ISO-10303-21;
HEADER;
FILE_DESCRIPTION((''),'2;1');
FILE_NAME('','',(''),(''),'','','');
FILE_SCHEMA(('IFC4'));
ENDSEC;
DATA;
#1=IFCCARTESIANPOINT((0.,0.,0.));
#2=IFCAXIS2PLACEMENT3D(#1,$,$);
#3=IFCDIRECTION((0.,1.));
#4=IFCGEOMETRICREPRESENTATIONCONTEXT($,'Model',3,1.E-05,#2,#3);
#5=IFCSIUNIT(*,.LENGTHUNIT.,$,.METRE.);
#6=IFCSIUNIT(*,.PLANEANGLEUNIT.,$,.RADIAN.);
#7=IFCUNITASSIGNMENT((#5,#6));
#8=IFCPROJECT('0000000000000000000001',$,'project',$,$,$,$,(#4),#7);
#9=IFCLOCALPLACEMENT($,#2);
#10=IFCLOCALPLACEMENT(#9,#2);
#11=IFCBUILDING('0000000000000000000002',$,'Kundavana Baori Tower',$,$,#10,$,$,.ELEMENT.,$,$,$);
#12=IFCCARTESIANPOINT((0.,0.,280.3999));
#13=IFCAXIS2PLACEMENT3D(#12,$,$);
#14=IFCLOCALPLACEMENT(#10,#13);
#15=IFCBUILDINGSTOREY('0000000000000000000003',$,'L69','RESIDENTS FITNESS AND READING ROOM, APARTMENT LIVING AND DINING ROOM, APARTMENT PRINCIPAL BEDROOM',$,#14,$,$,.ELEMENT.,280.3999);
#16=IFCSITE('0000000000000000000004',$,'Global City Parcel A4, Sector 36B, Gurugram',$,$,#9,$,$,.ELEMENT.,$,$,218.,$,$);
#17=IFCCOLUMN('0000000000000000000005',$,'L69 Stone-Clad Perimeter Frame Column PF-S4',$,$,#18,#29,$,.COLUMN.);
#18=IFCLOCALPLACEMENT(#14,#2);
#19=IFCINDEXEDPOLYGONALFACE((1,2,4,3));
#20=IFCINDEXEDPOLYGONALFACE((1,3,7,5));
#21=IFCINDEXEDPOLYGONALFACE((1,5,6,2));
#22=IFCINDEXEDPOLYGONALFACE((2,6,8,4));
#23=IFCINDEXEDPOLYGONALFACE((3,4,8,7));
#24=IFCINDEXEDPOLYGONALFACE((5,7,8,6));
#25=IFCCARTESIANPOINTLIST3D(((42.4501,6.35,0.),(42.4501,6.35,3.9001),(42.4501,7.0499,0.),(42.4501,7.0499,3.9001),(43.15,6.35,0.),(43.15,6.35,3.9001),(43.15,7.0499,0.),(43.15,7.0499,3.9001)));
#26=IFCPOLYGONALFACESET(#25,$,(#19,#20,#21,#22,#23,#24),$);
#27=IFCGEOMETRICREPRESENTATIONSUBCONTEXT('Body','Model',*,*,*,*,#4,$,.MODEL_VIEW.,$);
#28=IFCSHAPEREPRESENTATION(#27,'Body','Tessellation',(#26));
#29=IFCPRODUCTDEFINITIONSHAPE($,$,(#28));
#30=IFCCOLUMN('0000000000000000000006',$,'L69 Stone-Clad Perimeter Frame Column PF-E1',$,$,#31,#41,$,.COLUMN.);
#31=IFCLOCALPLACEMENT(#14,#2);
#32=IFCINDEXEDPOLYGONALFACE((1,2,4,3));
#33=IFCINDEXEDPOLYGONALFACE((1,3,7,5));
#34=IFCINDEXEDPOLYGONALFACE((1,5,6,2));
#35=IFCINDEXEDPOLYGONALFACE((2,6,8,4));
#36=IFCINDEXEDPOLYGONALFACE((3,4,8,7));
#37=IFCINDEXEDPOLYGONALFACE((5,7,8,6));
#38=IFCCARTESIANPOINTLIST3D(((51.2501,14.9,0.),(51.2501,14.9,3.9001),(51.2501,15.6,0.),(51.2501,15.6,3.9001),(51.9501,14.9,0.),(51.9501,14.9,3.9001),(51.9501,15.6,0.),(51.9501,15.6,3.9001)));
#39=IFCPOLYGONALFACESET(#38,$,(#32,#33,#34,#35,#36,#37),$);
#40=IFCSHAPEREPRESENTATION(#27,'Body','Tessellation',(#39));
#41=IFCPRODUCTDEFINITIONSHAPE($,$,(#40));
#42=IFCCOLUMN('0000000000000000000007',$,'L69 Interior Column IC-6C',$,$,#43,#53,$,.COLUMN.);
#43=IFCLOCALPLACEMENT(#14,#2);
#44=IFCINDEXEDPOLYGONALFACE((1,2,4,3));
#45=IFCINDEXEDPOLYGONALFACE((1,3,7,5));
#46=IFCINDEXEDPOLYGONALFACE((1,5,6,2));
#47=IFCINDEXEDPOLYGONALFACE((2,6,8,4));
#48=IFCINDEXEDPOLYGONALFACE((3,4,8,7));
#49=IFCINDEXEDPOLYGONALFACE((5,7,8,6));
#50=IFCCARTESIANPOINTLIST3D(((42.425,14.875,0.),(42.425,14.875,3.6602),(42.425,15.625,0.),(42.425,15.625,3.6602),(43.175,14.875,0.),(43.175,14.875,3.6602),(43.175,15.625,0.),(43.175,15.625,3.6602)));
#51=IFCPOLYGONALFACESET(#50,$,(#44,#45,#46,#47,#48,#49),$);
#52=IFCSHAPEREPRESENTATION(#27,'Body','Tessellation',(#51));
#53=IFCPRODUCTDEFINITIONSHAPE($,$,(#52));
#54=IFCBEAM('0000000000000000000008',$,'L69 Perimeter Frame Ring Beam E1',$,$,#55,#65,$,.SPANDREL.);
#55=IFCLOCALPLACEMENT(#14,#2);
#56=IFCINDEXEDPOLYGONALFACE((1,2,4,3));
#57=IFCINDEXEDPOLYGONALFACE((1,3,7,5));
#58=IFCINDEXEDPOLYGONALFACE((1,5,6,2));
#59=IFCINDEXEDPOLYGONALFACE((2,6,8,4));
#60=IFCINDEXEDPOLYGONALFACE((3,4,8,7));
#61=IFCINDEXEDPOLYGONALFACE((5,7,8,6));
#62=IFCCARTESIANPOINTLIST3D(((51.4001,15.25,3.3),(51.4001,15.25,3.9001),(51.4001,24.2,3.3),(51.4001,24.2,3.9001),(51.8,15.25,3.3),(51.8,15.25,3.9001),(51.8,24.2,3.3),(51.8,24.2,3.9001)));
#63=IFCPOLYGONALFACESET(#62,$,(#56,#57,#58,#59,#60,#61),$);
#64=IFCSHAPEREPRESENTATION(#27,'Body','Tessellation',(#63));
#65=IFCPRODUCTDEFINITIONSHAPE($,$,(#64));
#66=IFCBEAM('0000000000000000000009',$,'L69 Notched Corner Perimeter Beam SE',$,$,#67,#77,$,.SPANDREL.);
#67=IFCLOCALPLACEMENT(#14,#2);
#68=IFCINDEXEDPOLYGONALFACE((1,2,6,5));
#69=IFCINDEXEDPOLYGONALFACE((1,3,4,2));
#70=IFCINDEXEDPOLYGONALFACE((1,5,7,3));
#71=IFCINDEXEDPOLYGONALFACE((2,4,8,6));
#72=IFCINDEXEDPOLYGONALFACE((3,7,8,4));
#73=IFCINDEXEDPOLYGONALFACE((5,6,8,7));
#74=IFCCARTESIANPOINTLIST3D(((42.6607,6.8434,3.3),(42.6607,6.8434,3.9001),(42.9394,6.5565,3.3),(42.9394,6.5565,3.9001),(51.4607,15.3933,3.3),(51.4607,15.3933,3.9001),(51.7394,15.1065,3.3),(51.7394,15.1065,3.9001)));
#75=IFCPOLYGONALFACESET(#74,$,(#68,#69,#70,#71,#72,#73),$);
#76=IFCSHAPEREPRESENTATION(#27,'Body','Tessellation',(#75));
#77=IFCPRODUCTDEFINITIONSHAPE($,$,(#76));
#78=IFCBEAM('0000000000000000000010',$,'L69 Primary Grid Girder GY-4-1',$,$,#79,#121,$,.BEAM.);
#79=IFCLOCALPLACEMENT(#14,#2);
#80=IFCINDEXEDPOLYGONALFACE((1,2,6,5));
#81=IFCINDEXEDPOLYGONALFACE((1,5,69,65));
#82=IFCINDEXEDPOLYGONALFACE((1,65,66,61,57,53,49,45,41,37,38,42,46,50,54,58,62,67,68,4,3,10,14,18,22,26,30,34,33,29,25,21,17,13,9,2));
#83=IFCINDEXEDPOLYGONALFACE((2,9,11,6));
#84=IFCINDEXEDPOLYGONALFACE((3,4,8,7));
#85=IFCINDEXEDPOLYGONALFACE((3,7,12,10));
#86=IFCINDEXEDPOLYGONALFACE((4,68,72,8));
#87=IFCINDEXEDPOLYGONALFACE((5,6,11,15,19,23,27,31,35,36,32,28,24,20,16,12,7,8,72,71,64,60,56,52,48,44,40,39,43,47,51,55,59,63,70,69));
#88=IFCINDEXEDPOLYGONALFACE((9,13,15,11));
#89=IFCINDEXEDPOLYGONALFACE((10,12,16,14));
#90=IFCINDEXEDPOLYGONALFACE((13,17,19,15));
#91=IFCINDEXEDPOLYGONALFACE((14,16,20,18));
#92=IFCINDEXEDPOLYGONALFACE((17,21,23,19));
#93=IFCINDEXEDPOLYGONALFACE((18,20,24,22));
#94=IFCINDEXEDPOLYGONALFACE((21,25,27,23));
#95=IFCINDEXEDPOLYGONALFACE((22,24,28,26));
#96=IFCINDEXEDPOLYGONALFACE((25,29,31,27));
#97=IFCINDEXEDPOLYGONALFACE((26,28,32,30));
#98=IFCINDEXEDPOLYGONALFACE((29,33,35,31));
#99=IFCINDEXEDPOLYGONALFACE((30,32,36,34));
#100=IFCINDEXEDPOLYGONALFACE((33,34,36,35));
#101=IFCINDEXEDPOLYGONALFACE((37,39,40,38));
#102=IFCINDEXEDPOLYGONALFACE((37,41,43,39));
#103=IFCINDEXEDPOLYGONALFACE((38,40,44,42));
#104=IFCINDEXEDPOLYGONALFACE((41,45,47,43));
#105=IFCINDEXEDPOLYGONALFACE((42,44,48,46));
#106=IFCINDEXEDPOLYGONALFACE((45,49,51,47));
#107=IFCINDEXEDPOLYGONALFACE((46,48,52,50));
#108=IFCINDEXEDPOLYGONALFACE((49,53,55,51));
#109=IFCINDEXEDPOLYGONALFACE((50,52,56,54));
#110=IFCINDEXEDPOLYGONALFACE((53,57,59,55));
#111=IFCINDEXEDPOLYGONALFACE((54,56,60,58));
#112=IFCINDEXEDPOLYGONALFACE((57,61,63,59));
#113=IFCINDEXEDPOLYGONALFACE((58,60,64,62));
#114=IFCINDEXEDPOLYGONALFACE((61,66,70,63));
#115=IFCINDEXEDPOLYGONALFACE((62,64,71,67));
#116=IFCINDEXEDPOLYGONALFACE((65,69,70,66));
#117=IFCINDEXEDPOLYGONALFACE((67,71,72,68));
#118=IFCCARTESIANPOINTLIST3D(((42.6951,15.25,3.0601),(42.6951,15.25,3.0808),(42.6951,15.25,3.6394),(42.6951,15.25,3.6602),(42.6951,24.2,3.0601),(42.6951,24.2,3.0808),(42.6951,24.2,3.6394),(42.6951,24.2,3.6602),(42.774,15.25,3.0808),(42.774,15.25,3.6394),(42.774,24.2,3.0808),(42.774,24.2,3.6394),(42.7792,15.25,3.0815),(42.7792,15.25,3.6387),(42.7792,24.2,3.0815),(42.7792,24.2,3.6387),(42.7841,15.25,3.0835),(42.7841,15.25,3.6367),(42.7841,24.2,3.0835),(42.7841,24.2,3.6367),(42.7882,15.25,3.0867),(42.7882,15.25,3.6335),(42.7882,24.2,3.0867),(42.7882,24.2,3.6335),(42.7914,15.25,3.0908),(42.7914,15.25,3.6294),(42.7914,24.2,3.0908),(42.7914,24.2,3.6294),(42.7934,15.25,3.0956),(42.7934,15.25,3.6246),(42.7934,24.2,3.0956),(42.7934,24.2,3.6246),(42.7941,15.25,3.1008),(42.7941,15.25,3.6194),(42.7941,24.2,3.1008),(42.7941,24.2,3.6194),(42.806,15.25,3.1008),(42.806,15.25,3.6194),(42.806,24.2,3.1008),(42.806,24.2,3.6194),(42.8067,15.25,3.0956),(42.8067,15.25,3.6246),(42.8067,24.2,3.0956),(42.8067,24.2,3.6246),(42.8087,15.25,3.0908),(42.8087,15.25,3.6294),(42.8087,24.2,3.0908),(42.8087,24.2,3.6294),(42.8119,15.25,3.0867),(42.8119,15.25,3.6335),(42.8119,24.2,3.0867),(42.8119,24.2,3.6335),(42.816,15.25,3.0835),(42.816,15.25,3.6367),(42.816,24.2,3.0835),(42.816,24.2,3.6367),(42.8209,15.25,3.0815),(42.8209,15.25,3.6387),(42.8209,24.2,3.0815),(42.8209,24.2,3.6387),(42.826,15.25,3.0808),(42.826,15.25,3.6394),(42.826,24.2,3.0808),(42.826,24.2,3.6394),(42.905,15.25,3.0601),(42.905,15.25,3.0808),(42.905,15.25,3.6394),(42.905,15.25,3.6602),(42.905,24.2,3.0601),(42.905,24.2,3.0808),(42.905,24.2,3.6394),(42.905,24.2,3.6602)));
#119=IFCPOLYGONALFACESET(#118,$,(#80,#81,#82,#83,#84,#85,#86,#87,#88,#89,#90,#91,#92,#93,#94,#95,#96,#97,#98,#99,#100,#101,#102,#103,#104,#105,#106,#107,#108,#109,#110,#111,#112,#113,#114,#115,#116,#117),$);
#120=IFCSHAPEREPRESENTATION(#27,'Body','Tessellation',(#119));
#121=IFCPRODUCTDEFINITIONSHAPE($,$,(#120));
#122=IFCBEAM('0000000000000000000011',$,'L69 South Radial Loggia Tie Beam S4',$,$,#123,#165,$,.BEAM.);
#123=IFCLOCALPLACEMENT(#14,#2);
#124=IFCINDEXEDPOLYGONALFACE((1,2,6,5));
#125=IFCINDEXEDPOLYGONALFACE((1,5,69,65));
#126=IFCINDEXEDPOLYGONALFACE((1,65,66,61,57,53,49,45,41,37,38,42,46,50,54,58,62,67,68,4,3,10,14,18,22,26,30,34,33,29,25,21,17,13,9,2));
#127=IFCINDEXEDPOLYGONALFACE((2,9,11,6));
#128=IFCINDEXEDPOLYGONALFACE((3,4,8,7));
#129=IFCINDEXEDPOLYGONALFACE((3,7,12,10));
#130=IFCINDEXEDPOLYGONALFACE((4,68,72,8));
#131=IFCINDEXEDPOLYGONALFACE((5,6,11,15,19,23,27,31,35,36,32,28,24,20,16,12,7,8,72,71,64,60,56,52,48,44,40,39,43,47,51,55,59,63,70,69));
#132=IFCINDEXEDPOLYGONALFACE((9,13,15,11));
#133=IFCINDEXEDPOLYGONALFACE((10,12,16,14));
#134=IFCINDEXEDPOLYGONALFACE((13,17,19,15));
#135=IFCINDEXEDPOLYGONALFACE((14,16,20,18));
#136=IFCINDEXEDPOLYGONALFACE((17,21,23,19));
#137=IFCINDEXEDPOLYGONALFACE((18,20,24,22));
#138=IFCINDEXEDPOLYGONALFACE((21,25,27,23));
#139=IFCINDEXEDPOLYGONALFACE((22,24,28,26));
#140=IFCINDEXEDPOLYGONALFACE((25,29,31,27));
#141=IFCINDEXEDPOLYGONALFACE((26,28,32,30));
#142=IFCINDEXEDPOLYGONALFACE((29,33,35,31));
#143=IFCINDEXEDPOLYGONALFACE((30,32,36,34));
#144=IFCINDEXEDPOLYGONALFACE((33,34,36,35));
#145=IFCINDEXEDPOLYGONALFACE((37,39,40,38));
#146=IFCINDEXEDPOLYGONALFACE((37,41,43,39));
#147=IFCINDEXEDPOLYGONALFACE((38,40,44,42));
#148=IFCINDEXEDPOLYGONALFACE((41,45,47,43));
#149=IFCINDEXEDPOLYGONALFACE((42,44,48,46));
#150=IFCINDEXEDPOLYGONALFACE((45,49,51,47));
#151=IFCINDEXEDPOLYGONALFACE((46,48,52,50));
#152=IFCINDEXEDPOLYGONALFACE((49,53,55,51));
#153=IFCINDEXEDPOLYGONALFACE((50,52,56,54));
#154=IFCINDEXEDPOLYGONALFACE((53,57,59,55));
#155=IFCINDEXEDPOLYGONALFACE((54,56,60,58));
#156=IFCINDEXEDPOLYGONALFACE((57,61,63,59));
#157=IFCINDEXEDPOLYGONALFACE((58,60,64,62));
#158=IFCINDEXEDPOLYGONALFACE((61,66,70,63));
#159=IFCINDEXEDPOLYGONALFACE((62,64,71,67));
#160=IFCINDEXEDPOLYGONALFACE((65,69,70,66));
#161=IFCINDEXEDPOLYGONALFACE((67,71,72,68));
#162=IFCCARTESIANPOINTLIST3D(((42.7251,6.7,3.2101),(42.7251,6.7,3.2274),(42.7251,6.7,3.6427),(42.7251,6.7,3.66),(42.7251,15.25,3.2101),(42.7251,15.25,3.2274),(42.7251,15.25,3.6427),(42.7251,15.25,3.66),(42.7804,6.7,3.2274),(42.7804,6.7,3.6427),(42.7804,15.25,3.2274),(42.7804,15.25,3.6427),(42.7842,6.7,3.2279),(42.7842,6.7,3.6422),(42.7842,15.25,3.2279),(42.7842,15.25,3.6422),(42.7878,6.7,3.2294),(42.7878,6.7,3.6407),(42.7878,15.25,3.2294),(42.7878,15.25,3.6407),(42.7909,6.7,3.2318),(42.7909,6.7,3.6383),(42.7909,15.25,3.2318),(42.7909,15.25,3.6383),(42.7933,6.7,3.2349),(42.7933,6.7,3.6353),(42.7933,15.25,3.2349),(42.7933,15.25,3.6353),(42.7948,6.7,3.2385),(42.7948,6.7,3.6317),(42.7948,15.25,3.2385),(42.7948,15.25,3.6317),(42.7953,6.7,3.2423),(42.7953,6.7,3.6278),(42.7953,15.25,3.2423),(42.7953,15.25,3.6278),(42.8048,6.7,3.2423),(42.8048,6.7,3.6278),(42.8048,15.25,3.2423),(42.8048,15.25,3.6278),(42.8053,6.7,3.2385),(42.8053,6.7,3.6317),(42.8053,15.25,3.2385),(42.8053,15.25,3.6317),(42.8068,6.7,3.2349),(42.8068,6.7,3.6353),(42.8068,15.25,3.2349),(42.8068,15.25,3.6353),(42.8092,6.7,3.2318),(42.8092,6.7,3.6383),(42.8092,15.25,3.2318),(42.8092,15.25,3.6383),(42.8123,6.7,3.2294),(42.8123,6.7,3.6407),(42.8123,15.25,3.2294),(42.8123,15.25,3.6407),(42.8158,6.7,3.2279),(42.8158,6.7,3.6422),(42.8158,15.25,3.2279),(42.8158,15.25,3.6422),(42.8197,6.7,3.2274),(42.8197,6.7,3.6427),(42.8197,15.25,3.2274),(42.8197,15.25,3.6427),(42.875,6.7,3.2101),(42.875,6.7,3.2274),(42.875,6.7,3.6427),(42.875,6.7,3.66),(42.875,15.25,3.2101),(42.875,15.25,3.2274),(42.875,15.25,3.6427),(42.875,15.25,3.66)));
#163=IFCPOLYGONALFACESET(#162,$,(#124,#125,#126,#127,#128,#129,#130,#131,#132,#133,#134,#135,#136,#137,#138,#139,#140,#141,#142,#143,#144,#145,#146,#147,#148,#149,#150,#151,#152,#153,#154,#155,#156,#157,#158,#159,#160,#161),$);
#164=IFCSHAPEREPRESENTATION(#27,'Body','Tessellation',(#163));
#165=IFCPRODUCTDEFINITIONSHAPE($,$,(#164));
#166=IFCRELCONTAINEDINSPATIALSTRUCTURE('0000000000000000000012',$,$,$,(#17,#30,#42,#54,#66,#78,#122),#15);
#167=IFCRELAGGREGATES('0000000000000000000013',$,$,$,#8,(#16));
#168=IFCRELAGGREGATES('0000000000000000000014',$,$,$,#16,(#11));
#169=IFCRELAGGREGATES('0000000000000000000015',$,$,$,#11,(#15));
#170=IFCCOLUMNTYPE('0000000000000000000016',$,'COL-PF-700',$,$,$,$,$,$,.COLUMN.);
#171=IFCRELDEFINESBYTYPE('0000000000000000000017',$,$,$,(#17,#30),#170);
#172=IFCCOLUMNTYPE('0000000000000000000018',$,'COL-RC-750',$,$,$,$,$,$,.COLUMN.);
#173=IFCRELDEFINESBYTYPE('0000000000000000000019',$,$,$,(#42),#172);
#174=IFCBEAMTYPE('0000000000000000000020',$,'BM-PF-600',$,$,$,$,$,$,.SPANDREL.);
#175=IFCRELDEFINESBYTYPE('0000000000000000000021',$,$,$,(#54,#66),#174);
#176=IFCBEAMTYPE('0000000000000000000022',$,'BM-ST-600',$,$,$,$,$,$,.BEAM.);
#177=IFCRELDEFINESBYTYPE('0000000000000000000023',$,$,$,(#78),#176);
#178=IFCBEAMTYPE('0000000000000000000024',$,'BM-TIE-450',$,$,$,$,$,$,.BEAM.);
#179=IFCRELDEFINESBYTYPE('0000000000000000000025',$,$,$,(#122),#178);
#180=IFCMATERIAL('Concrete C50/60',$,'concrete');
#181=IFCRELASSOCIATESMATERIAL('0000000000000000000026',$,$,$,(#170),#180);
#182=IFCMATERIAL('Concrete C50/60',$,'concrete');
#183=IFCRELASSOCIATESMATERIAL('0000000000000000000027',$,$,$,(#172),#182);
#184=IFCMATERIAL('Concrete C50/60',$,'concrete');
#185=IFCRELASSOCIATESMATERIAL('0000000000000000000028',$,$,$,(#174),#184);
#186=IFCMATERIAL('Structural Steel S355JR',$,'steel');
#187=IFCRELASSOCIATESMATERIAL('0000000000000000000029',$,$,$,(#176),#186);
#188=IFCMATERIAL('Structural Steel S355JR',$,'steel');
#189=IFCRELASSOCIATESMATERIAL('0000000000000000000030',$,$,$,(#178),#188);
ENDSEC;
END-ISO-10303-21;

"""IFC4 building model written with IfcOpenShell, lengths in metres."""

from ifc_helpers import new_model, si_unit, direction, frame, origin, origin_2d, place, context, subcontext, project, spatial, rectangle, i_section, extrude, material, material_profile, profile_set, type_object, element, save


model = new_model("IFC4")

# Units and contexts
model_context = context("Model", 3, precision=1e-05, world=origin(), true_north=direction((0.0, 1.0)))
body_context = subcontext(model_context, "Body", "Model", "MODEL_VIEW")
ifc_project = project(units=[si_unit("LENGTHUNIT", "METRE"), si_unit("PLANEANGLEUNIT", "RADIAN")], contexts=[model_context])

# Site, building, storey
site_placement = place(None, origin())
site = spatial("IfcSite", under=ifc_project, at=site_placement, Name="Global City Parcel A4, Sector 36B, Gurugram", CompositionType="ELEMENT", RefElevation=218.0)
building_placement = place(site_placement, origin())
building = spatial("IfcBuilding", under=site, at=building_placement, Name="Kundavana Baori Tower", CompositionType="ELEMENT")
storey_placement = place(building_placement, frame((0.0, 0.0, 280.3999)))
storey = spatial("IfcBuildingStorey", under=building, at=storey_placement, Name="L69", Description="RESIDENTS FITNESS AND READING ROOM, APARTMENT LIVING AND DINING ROOM, APARTMENT PRINCIPAL BEDROOM", CompositionType="ELEMENT", Elevation=280.3999)

# Columns
ifc_material_1 = material(Name="Concrete C50/60", Category="concrete")
ifc_material_profile_1 = material_profile(ifc_material_1, rectangle(XDim=0.7, YDim=0.7, at=origin_2d()), Name="RC PF 700x700")
ifc_profile_set_1 = profile_set([ifc_material_profile_1], Name="Concrete C50/60")
column_type_1 = type_object("IfcColumnType", Name="COL-PF-700", PredefinedType="COLUMN", material=ifc_profile_set_1)
for number, where, z_axis, x_axis, name in (
    (1, (42.8, 6.7, 0.0), (0.0, 0.0, 1.0), (1.0, 0.0, 0.0), "L69 Stone-Clad Perimeter Frame Column PF-S4"),
    (2, (51.6001, 15.25, 0.0), (0.0, 0.0, 1.0), (1.0, 0.0, 0.0), "L69 Stone-Clad Perimeter Frame Column PF-E1"),
):
    element("IfcColumn", number, at=place(storey_placement, frame(where, z_axis=z_axis, x_axis=x_axis)), inside=storey, type_object=column_type_1, Name=name, PredefinedType="COLUMN", context=body_context, shape_type="SweptSolid", body=[
        extrude(rectangle(XDim=0.7, YDim=0.7, at=origin_2d()), origin(), (0.0, 0.0, 1.0), 3.9001),
    ])
ifc_material_2 = material(Name="Concrete C50/60", Category="concrete")
ifc_material_profile_2 = material_profile(ifc_material_2, rectangle(XDim=0.75, YDim=0.75, at=origin_2d()), Name="RC 750x750")
ifc_profile_set_2 = profile_set([ifc_material_profile_2], Name="Concrete C50/60")
column_type_2 = type_object("IfcColumnType", Name="COL-RC-750", PredefinedType="COLUMN", material=ifc_profile_set_2)
column_placement = place(storey_placement, frame((42.8, 15.25, 0.0), z_axis=(0.0, 0.0, 1.0), x_axis=(1.0, 0.0, 0.0)))
element("IfcColumn", 3, at=column_placement, inside=storey, type_object=column_type_2, Name="L69 Interior Column IC-6C", PredefinedType="COLUMN", context=body_context, shape_type="SweptSolid", body=[
    extrude(rectangle(XDim=0.75, YDim=0.75, at=origin_2d()), origin(), (0.0, 0.0, 1.0), 3.6602),
])

# Beams
ifc_material_3 = material(Name="Concrete C50/60", Category="concrete")
ifc_material_profile_3 = material_profile(ifc_material_3, rectangle(XDim=0.3999, YDim=0.6001, at=origin_2d()), Name="RC BM 400x600")
ifc_profile_set_3 = profile_set([ifc_material_profile_3], Name="Concrete C50/60")
beam_type_1 = type_object("IfcBeamType", Name="BM-PF-600", PredefinedType="SPANDREL", material=ifc_profile_set_3)
beam_1_placement = place(storey_placement, frame((51.6001, 15.25, 3.6001), z_axis=(0.0, 1.0, 0.0), x_axis=(-1.0, 0.0, 0.0)))
element("IfcBeam", 4, at=beam_1_placement, inside=storey, type_object=beam_type_1, Name="L69 Perimeter Frame Ring Beam E1", PredefinedType="SPANDREL", context=body_context, shape_type="SweptSolid", body=[
    extrude(rectangle(XDim=0.3999, YDim=0.6001, at=origin_2d()), origin(), (0.0, 0.0, 1.0), 8.95),
])
beam_2_placement = place(storey_placement, frame((42.8, 6.7, 3.6001), z_axis=(0.717221, 0.696846, 0.0), x_axis=(-0.696846, 0.717221, 0.0)))
element("IfcBeam", 5, at=beam_2_placement, inside=storey, type_object=beam_type_1, Name="L69 Notched Corner Perimeter Beam SE", PredefinedType="SPANDREL", context=body_context, shape_type="SweptSolid", body=[
    extrude(rectangle(XDim=0.3999, YDim=0.6001, at=origin_2d()), origin(), (0.0, 0.0, 1.0), 12.2695),
])
ifc_material_4 = material(Name="Structural Steel S355JR", Category="steel")
ifc_material_profile_4 = material_profile(ifc_material_4, i_section(OverallWidth=0.21, OverallDepth=0.6001, WebThickness=0.012, FlangeThickness=0.0208, FilletRadius=0.02, at=origin_2d()), Name="ISMB 600")
ifc_profile_set_4 = profile_set([ifc_material_profile_4], Name="Structural Steel S355JR")
beam_type_2 = type_object("IfcBeamType", Name="BM-ST-600", PredefinedType="BEAM", material=ifc_profile_set_4)
beam_3_placement = place(storey_placement, frame((42.8, 15.25, 3.3601), z_axis=(0.0, 1.0, 0.0), x_axis=(-1.0, 0.0, 0.0)))
element("IfcBeam", 6, at=beam_3_placement, inside=storey, type_object=beam_type_2, Name="L69 Primary Grid Girder GY-4-1", PredefinedType="BEAM", context=body_context, shape_type="SweptSolid", body=[
    extrude(i_section(OverallWidth=0.21, OverallDepth=0.6001, WebThickness=0.012, FlangeThickness=0.0208, FilletRadius=0.02, at=origin_2d()), origin(), (0.0, 0.0, 1.0), 8.95),
])
ifc_material_5 = material(Name="Structural Steel S355JR", Category="steel")
ifc_material_profile_5 = material_profile(ifc_material_5, i_section(OverallWidth=0.1499, OverallDepth=0.45, WebThickness=0.0095, FlangeThickness=0.0173, FilletRadius=0.0149, at=origin_2d()), Name="ISMB 450")
ifc_profile_set_5 = profile_set([ifc_material_profile_5], Name="Structural Steel S355JR")
beam_type_3 = type_object("IfcBeamType", Name="BM-TIE-450", PredefinedType="BEAM", material=ifc_profile_set_5)
beam_4_placement = place(storey_placement, frame((42.8, 15.25, 3.4351), z_axis=(0.0, -1.0, 0.0), x_axis=(1.0, 0.0, 0.0)))
element("IfcBeam", 7, at=beam_4_placement, inside=storey, type_object=beam_type_3, Name="L69 South Radial Loggia Tie Beam S4", PredefinedType="BEAM", context=body_context, shape_type="SweptSolid", body=[
    extrude(i_section(OverallWidth=0.1499, OverallDepth=0.45, WebThickness=0.0095, FlangeThickness=0.0173, FilletRadius=0.0149, at=origin_2d()), origin(), (0.0, 0.0, 1.0), 8.55),
])

save(model, "model.ifc")
